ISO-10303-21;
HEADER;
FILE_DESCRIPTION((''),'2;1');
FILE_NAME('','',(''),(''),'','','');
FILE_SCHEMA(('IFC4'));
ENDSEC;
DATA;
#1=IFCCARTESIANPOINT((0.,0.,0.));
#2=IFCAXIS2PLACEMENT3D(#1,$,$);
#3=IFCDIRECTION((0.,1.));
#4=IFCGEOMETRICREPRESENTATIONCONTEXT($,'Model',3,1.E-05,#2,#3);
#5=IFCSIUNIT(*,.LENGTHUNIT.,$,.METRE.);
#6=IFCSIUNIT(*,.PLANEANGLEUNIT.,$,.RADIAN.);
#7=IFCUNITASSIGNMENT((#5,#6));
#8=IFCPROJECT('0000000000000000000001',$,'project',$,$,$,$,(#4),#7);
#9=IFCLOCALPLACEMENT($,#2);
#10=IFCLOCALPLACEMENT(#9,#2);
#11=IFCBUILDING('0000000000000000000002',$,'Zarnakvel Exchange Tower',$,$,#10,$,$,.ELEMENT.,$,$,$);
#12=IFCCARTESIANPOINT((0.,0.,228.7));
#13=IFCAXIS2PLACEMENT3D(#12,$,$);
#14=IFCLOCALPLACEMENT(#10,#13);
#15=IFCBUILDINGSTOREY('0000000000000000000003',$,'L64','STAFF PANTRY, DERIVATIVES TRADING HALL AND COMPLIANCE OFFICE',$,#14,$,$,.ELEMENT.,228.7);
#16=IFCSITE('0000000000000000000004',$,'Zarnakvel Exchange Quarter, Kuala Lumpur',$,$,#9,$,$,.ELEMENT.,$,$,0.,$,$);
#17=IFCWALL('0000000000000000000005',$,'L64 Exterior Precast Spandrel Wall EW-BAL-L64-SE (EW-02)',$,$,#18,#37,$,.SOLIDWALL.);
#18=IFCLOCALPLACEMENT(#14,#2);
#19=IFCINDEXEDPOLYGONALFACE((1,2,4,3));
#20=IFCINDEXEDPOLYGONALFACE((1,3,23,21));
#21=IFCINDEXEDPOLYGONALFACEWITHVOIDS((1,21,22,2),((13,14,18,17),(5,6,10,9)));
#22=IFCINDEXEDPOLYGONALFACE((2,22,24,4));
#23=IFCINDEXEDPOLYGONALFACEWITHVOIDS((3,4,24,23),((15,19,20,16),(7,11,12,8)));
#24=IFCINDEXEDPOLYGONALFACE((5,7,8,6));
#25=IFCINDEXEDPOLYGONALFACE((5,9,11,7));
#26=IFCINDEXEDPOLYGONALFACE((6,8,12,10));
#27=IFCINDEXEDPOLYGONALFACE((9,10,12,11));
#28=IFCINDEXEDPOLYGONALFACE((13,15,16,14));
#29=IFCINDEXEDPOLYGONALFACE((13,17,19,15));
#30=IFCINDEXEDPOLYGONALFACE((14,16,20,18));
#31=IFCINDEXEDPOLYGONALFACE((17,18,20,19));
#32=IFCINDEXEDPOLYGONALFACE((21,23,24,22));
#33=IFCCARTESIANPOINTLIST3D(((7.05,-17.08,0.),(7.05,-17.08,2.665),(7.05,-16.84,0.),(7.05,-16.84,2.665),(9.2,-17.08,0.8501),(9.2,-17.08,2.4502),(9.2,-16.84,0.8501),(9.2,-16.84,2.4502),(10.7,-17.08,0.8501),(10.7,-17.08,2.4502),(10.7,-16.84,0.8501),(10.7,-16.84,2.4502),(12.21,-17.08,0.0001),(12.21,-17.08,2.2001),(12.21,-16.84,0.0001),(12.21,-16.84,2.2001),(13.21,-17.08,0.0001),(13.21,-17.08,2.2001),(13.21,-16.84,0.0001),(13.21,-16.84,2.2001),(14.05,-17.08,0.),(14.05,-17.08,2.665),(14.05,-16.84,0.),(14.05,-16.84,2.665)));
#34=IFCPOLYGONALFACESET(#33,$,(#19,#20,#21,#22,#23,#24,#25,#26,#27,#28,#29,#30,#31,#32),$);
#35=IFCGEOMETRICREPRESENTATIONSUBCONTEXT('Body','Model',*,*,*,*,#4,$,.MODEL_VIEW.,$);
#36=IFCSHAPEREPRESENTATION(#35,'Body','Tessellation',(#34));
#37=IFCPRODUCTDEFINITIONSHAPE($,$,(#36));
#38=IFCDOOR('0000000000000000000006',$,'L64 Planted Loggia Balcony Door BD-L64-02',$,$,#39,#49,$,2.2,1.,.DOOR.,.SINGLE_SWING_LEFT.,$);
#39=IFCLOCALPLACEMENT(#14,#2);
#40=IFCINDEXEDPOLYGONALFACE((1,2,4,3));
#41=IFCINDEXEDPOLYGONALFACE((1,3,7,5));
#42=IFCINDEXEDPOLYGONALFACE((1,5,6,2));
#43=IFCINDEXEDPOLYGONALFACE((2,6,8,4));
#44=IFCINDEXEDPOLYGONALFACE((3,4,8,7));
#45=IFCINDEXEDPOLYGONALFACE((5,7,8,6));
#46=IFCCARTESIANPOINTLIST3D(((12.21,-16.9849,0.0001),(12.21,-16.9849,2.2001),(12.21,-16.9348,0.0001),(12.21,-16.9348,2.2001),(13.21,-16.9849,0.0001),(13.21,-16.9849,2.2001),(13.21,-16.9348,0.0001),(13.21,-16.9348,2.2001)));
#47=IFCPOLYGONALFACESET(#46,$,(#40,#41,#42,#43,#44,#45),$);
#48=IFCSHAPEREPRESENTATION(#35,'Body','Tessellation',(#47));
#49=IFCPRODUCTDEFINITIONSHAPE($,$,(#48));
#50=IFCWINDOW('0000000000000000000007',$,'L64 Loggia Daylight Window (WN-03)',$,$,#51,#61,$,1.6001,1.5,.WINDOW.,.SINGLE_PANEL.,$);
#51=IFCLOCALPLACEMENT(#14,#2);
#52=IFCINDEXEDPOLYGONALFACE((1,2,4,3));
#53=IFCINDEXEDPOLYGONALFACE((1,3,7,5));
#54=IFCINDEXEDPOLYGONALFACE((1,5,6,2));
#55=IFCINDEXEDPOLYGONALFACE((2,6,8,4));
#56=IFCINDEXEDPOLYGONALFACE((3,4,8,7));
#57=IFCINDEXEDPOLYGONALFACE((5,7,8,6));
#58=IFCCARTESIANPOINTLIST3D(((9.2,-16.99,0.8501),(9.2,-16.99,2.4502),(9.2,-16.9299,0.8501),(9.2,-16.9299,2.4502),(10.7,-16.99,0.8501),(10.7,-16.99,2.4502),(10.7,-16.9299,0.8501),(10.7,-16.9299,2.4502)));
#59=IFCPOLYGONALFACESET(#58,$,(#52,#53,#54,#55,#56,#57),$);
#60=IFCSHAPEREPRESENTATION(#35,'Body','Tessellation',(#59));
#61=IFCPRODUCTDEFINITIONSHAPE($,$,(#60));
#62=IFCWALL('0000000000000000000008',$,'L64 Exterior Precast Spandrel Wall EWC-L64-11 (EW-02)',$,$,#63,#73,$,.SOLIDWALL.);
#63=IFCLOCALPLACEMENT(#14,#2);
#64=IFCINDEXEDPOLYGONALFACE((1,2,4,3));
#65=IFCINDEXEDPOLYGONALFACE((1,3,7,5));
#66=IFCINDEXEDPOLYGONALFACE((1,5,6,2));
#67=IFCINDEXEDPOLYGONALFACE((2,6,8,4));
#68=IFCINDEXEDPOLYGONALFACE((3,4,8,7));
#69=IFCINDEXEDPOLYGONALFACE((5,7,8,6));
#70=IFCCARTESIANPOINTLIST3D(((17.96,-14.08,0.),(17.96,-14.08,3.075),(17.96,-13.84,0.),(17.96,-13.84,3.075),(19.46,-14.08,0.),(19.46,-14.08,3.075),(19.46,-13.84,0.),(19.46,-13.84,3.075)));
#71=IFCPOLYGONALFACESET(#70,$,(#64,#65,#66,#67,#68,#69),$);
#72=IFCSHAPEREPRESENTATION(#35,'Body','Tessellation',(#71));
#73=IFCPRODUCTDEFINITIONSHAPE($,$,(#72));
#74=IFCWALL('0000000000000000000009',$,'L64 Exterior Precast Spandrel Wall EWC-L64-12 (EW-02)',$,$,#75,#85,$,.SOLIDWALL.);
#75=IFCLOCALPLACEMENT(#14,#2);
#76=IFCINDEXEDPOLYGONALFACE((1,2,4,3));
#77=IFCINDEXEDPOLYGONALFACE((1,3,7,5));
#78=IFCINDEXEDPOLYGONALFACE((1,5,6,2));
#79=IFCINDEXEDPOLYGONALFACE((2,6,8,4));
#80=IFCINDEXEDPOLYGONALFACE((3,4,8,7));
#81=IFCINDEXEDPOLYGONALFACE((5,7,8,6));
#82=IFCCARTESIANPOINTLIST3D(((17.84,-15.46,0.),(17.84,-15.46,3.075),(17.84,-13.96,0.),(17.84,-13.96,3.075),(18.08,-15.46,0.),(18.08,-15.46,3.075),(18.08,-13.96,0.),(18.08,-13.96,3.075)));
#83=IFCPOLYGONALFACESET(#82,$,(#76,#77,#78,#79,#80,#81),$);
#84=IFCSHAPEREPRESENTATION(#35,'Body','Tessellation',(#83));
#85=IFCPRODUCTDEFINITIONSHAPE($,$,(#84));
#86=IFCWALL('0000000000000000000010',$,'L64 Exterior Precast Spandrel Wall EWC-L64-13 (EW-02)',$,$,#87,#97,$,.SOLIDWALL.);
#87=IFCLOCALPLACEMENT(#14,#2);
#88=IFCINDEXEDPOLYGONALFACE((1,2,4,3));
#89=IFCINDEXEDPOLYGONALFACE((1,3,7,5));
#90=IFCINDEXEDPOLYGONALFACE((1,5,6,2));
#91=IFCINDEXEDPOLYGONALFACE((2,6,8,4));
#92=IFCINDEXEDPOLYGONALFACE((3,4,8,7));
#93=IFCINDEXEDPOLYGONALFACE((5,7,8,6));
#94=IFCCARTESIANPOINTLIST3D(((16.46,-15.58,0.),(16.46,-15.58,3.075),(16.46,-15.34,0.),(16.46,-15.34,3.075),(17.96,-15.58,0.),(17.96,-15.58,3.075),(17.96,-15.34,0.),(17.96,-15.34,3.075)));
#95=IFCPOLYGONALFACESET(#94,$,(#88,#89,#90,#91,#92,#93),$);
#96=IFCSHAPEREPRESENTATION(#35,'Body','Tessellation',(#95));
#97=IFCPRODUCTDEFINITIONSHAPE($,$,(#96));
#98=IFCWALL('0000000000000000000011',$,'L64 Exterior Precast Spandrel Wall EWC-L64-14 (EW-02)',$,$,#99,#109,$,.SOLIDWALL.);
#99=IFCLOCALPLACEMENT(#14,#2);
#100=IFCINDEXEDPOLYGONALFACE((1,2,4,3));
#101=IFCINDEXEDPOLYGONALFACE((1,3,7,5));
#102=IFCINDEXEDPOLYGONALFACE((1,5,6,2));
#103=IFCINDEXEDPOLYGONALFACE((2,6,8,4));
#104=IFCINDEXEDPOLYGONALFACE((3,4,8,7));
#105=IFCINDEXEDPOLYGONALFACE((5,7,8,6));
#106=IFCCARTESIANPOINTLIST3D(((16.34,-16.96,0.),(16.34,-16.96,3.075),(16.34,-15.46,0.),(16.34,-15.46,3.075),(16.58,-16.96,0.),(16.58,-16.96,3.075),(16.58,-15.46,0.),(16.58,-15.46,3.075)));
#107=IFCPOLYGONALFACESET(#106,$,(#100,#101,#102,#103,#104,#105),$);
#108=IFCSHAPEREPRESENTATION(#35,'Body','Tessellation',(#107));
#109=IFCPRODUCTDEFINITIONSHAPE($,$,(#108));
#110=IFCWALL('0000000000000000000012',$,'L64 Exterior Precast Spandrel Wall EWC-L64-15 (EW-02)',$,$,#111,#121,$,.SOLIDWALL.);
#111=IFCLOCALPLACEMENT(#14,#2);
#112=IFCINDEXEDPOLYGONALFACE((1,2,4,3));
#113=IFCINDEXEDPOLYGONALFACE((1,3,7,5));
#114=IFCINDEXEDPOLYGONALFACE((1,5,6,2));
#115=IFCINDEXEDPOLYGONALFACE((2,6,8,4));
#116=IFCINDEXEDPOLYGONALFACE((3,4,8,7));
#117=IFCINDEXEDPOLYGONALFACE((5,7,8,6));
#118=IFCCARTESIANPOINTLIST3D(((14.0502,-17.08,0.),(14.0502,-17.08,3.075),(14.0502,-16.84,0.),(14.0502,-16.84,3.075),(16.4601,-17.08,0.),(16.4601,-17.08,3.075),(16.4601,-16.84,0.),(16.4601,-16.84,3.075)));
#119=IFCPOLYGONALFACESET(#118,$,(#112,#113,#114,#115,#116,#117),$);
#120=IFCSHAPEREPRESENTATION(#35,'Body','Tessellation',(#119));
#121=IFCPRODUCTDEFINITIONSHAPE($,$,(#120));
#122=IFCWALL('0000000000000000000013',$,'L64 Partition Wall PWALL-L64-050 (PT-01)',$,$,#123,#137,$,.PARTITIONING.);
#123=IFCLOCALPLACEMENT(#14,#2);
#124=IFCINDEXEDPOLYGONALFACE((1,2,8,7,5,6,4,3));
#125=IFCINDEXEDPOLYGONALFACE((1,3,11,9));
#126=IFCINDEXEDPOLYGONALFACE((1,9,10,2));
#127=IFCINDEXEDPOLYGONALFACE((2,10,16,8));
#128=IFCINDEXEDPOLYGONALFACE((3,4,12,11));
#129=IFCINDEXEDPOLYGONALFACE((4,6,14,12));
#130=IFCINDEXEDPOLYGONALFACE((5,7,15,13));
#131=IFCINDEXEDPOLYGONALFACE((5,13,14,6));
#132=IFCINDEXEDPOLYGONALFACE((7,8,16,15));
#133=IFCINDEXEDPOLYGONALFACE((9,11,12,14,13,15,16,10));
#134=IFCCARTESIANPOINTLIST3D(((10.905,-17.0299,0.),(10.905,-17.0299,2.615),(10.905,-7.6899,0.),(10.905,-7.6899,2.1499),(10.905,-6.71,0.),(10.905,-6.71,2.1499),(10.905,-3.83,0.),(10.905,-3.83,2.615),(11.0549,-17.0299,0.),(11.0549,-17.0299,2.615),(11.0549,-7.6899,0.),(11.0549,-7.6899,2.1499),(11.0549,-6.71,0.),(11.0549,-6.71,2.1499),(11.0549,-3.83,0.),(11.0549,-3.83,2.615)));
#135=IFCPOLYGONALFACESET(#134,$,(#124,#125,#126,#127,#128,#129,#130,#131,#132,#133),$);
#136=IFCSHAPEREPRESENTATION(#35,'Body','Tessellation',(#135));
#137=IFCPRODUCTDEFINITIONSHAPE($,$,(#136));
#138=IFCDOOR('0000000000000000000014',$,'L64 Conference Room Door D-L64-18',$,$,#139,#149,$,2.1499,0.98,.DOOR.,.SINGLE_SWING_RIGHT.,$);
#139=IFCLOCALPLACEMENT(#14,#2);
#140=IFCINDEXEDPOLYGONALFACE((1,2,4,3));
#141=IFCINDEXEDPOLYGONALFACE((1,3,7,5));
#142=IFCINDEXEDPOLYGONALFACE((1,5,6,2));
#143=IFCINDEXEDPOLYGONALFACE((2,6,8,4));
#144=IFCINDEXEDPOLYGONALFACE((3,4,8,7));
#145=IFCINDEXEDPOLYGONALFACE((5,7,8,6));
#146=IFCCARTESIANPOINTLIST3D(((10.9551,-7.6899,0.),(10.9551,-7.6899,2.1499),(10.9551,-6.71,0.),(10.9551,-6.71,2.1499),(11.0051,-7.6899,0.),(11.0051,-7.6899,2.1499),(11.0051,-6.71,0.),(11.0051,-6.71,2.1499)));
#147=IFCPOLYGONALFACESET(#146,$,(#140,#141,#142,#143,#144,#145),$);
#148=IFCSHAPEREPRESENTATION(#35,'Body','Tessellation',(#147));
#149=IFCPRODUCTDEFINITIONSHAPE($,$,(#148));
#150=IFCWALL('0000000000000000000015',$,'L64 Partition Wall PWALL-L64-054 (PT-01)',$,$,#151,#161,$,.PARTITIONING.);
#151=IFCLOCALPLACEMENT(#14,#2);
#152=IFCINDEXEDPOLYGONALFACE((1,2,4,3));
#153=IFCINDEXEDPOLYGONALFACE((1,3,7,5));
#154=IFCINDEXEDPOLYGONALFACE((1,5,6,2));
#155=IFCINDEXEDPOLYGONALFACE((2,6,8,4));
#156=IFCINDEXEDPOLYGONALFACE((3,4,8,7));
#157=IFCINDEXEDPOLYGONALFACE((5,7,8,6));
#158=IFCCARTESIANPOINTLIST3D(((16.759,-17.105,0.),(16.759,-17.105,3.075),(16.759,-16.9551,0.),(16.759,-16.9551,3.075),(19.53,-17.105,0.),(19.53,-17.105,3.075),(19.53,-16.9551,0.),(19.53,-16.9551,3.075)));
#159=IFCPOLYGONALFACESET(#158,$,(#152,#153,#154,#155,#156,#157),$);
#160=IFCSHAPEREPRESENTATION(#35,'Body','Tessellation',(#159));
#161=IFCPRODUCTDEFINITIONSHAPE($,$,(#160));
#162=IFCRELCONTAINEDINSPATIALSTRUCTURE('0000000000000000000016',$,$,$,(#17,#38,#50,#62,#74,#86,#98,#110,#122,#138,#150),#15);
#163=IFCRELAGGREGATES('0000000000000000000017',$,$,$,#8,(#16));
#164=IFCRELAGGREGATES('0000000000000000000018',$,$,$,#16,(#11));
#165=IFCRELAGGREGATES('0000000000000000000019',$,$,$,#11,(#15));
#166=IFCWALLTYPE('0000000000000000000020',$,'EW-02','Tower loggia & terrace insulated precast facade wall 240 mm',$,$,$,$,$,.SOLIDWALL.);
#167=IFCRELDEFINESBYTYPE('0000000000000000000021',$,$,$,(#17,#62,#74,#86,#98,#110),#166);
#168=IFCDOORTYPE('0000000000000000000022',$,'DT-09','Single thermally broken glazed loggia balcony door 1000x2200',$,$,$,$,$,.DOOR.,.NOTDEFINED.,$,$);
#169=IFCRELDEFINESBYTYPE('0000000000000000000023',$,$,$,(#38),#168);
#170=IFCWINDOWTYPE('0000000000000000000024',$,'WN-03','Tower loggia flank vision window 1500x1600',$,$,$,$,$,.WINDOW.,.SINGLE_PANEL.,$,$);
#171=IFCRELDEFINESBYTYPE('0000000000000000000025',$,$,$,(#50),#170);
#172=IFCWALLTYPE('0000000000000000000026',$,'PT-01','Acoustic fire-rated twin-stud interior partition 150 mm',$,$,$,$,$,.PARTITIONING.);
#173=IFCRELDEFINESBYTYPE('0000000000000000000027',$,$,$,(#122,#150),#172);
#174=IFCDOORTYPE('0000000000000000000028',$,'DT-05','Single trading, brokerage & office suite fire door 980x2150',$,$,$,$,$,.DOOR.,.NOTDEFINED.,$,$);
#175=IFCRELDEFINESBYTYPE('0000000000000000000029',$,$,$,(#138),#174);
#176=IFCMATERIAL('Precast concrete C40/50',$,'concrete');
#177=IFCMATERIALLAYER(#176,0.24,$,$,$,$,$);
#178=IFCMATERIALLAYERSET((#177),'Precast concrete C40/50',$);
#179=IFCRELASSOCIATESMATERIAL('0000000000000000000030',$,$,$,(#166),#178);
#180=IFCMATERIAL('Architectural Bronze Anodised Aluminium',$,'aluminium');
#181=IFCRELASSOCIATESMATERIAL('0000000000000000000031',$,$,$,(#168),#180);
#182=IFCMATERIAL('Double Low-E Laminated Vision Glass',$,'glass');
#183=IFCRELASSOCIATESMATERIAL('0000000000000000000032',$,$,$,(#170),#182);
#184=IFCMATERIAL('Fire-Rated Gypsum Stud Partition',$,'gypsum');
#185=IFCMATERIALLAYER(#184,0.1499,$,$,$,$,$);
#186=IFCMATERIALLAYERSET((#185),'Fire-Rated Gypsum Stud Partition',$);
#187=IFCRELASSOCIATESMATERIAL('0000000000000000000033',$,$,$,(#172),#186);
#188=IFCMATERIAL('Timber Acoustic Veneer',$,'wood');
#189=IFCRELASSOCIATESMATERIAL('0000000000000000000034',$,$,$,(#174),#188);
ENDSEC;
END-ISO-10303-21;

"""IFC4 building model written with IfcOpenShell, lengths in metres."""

from ifc_helpers import new_model, si_unit, direction, frame, frame_2d, origin, place, context, subcontext, project, spatial, rectangle, extrude, source, transform, mapped, material, layer, layer_set, type_object, element, fill, save


model = new_model("IFC4")

# Units and contexts
model_context = context("Model", 3, precision=1e-05, world=origin(), true_north=direction((0.0, 1.0)))
body_context = subcontext(model_context, "Body", "Model", "MODEL_VIEW")
ifc_project = project(units=[si_unit("LENGTHUNIT", "METRE"), si_unit("PLANEANGLEUNIT", "RADIAN")], contexts=[model_context])

# Site, building, storey
site_placement = place(None, origin())
site = spatial("IfcSite", under=ifc_project, at=site_placement, Name="Zarnakvel Exchange Quarter, Kuala Lumpur", CompositionType="ELEMENT", RefElevation=0.0)
building_placement = place(site_placement, origin())
building = spatial("IfcBuilding", under=site, at=building_placement, Name="Zarnakvel Exchange Tower", CompositionType="ELEMENT")
storey_placement = place(building_placement, frame((0.0, 0.0, 228.7)))
storey = spatial("IfcBuildingStorey", under=building, at=storey_placement, Name="L64", Description="STAFF PANTRY, DERIVATIVES TRADING HALL AND COMPLIANCE OFFICE", CompositionType="ELEMENT", Elevation=228.7)

# Shared definitions
ifc_material_1 = material(Name="Architectural Bronze Anodised Aluminium", Category="aluminium")
ifc_material_2 = material(Name="Double Low-E Laminated Vision Glass", Category="glass")

# Wall, openings, door, window
ifc_material_3 = material(Name="Precast concrete C40/50", Category="concrete")
ifc_layer_1 = layer(ifc_material_3, 0.24)
ifc_layer_set_1 = layer_set([ifc_layer_1], Name="Precast concrete C40/50")
wall_type_1 = type_object("IfcWallType", Name="EW-02", Description="Tower loggia & terrace insulated precast facade wall 240 mm", PredefinedType="SOLIDWALL", material=ifc_layer_set_1)
wall_1_placement = place(storey_placement, frame((14.05, -16.96, 0.0), z_axis=(0.0, 0.0, 1.0), x_axis=(-1.0, 0.0, 0.0)))
wall_1 = element("IfcWall", 1, at=wall_1_placement, inside=storey, type_object=wall_type_1, Name="L64 Exterior Precast Spandrel Wall EW-BAL-L64-SE (EW-02)", PredefinedType="SOLIDWALL", context=body_context, shape_type="SweptSolid", body=[
    extrude(rectangle(XDim=7.0, YDim=0.24, at=frame_2d((3.5, 0.0))), origin(), (0.0, 0.0, 1.0), 2.665),
])
opening_1_placement = place(wall_1_placement, frame((0.8401, 0.0, 0.0)))
opening_1 = element("IfcOpeningElement", 2, at=opening_1_placement, cuts=wall_1, PredefinedType="OPENING", context=body_context, shape_type="SweptSolid", body=[
    extrude(rectangle(XDim=1.0, YDim=2.2, at=frame_2d((0.5, 1.1001))), frame((0.0, 0.1299, 0.0), z_axis=(0.0, -1.0, 0.0), x_axis=(1.0, 0.0, 0.0)), (0.0, 0.0, 1.0), 0.26),
])
opening_2_placement = place(wall_1_placement, frame((3.3501, 0.0, 0.8501)))
opening_2 = element("IfcOpeningElement", 3, at=opening_2_placement, cuts=wall_1, PredefinedType="OPENING", context=body_context, shape_type="SweptSolid", body=[
    extrude(rectangle(XDim=1.5, YDim=1.6001, at=frame_2d((0.75, 0.8))), frame((0.0, 0.1299, 0.0), z_axis=(0.0, -1.0, 0.0), x_axis=(1.0, 0.0, 0.0)), (0.0, 0.0, 1.0), 0.26),
])
door_type_1 = type_object("IfcDoorType", Name="DT-09", Description="Single thermally broken glazed loggia balcony door 1000x2200", OperationType="NOTDEFINED", PredefinedType="DOOR", material=ifc_material_1)
shared_shape_1 = source(origin(), body_context, "Body", "SweptSolid", [
    extrude(rectangle(XDim=1.0, YDim=2.2, at=frame_2d((0.5, 1.1001))), frame((0.0, 0.0249, 0.0), z_axis=(0.0, -1.0, 0.0), x_axis=(1.0, 0.0, 0.0)), (0.0, 0.0, 1.0), 0.05),
])
door_1_placement = place(opening_1_placement, origin())
door_1 = element("IfcDoor", 4, at=door_1_placement, inside=storey, type_object=door_type_1, Name="L64 Planted Loggia Balcony Door BD-L64-02", OperationType="SINGLE_SWING_LEFT", OverallHeight=2.2, OverallWidth=1.0, PredefinedType="DOOR", context=body_context, shape_type="MappedRepresentation", body=[
    mapped(shared_shape_1, transform((0.0, 0.0, 0.0), x_axis=(1.0, 0.0, 0.0), y_axis=(0.0, 1.0, 0.0), z_axis=(0.0, 0.0, 1.0), scale=1.0)),
])
fill(opening_1, door_1)
window_type = type_object("IfcWindowType", Name="WN-03", Description="Tower loggia flank vision window 1500x1600", PartitioningType="SINGLE_PANEL", PredefinedType="WINDOW", material=ifc_material_2)
shared_shape_2 = source(origin(), body_context, "Body", "SweptSolid", [
    extrude(rectangle(XDim=1.5, YDim=1.6001, at=frame_2d((0.75, 0.8))), frame((0.0, 0.03, 0.0), z_axis=(0.0, -1.0, 0.0), x_axis=(1.0, 0.0, 0.0)), (0.0, 0.0, 1.0), 0.0601),
])
window_placement = place(opening_2_placement, origin())
window = element("IfcWindow", 5, at=window_placement, inside=storey, type_object=window_type, Name="L64 Loggia Daylight Window (WN-03)", OverallHeight=1.6001, OverallWidth=1.5, PartitioningType="SINGLE_PANEL", PredefinedType="WINDOW", context=body_context, shape_type="MappedRepresentation", body=[
    mapped(shared_shape_2, transform((0.0, 0.0, 0.0), x_axis=(1.0, 0.0, 0.0), y_axis=(0.0, 1.0, 0.0), z_axis=(0.0, 0.0, 1.0), scale=1.0)),
])
fill(opening_2, window)

# Walls
for number, where, z_axis, x_axis, name in (
    (6, (17.96, -13.96, 0.0), (0.0, 0.0, 1.0), (1.0, 0.0, 0.0), "L64 Exterior Precast Spandrel Wall EWC-L64-11 (EW-02)"),
    (7, (17.96, -15.46, 0.0), (0.0, 0.0, 1.0), (0.0, 1.0, 0.0), "L64 Exterior Precast Spandrel Wall EWC-L64-12 (EW-02)"),
    (8, (16.46, -15.46, 0.0), (0.0, 0.0, 1.0), (1.0, 0.0, 0.0), "L64 Exterior Precast Spandrel Wall EWC-L64-13 (EW-02)"),
    (9, (16.46, -16.96, 0.0), (0.0, 0.0, 1.0), (0.0, 1.0, 0.0), "L64 Exterior Precast Spandrel Wall EWC-L64-14 (EW-02)"),
):
    element("IfcWall", number, at=place(storey_placement, frame(where, z_axis=z_axis, x_axis=x_axis)), inside=storey, type_object=wall_type_1, Name=name, PredefinedType="SOLIDWALL", context=body_context, shape_type="SweptSolid", body=[
        extrude(rectangle(XDim=1.5, YDim=0.24, at=frame_2d((0.75, 0.0))), origin(), (0.0, 0.0, 1.0), 3.075),
    ])
wall_2_placement = place(storey_placement, frame((14.05, -16.96, 0.0), z_axis=(0.0, 0.0, 1.0), x_axis=(1.0, 0.0, 0.0)))
element("IfcWall", 10, at=wall_2_placement, inside=storey, type_object=wall_type_1, Name="L64 Exterior Precast Spandrel Wall EWC-L64-15 (EW-02)", PredefinedType="SOLIDWALL", context=body_context, shape_type="SweptSolid", body=[
    extrude(rectangle(XDim=2.4099, YDim=0.24, at=frame_2d((1.2051, 0.0))), origin(), (0.0, 0.0, 1.0), 3.075),
])

# Wall, opening, door
ifc_material_4 = material(Name="Fire-Rated Gypsum Stud Partition", Category="gypsum")
ifc_layer_2 = layer(ifc_material_4, 0.1499)
ifc_layer_set_2 = layer_set([ifc_layer_2], Name="Fire-Rated Gypsum Stud Partition")
wall_type_2 = type_object("IfcWallType", Name="PT-01", Description="Acoustic fire-rated twin-stud interior partition 150 mm", PredefinedType="PARTITIONING", material=ifc_layer_set_2)
wall_3_placement = place(storey_placement, frame((10.98, -17.03, 0.0), z_axis=(0.0, 0.0, 1.0), x_axis=(0.0, 1.0, 0.0)))
wall_3 = element("IfcWall", 11, at=wall_3_placement, inside=storey, type_object=wall_type_2, Name="L64 Partition Wall PWALL-L64-050 (PT-01)", PredefinedType="PARTITIONING", context=body_context, shape_type="SweptSolid", body=[
    extrude(rectangle(XDim=13.2, YDim=0.1499, at=frame_2d((6.6001, 0.0))), origin(), (0.0, 0.0, 1.0), 2.615),
])
opening_3_placement = place(wall_3_placement, frame((9.3401, 0.0, 0.0)))
opening_3 = element("IfcOpeningElement", 12, at=opening_3_placement, cuts=wall_3, PredefinedType="OPENING", context=body_context, shape_type="SweptSolid", body=[
    extrude(rectangle(XDim=0.98, YDim=2.1499, at=frame_2d((0.49, 1.075))), frame((0.0, 0.085, 0.0), z_axis=(0.0, -1.0, 0.0), x_axis=(1.0, 0.0, 0.0)), (0.0, 0.0, 1.0), 0.1699),
])
ifc_material_5 = material(Name="Timber Acoustic Veneer", Category="wood")
door_type_2 = type_object("IfcDoorType", Name="DT-05", Description="Single trading, brokerage & office suite fire door 980x2150", OperationType="NOTDEFINED", PredefinedType="DOOR", material=ifc_material_5)
shared_shape_3 = source(origin(), body_context, "Body", "SweptSolid", [
    extrude(rectangle(XDim=0.98, YDim=2.1499, at=frame_2d((0.49, 1.075))), frame((0.0, 0.0249, 0.0), z_axis=(0.0, -1.0, 0.0), x_axis=(1.0, 0.0, 0.0)), (0.0, 0.0, 1.0), 0.05),
])
door_2_placement = place(opening_3_placement, origin())
door_2 = element("IfcDoor", 13, at=door_2_placement, inside=storey, type_object=door_type_2, Name="L64 Conference Room Door D-L64-18", OperationType="SINGLE_SWING_RIGHT", OverallHeight=2.1499, OverallWidth=0.98, PredefinedType="DOOR", context=body_context, shape_type="MappedRepresentation", body=[
    mapped(shared_shape_3, transform((0.0, 0.0, 0.0), x_axis=(1.0, 0.0, 0.0), y_axis=(0.0, 1.0, 0.0), z_axis=(0.0, 0.0, 1.0), scale=1.0)),
])
fill(opening_3, door_2)

# Wall
wall_4_placement = place(storey_placement, frame((19.53, -17.03, 0.0), z_axis=(0.0, 0.0, 1.0), x_axis=(-1.0, 0.0, 0.0)))
element("IfcWall", 14, at=wall_4_placement, inside=storey, type_object=wall_type_2, Name="L64 Partition Wall PWALL-L64-054 (PT-01)", PredefinedType="PARTITIONING", context=body_context, shape_type="SweptSolid", body=[
    extrude(rectangle(XDim=2.771, YDim=0.1499, at=frame_2d((1.3855, 0.0))), origin(), (0.0, 0.0, 1.0), 3.075),
])

save(model, "model.ifc")
